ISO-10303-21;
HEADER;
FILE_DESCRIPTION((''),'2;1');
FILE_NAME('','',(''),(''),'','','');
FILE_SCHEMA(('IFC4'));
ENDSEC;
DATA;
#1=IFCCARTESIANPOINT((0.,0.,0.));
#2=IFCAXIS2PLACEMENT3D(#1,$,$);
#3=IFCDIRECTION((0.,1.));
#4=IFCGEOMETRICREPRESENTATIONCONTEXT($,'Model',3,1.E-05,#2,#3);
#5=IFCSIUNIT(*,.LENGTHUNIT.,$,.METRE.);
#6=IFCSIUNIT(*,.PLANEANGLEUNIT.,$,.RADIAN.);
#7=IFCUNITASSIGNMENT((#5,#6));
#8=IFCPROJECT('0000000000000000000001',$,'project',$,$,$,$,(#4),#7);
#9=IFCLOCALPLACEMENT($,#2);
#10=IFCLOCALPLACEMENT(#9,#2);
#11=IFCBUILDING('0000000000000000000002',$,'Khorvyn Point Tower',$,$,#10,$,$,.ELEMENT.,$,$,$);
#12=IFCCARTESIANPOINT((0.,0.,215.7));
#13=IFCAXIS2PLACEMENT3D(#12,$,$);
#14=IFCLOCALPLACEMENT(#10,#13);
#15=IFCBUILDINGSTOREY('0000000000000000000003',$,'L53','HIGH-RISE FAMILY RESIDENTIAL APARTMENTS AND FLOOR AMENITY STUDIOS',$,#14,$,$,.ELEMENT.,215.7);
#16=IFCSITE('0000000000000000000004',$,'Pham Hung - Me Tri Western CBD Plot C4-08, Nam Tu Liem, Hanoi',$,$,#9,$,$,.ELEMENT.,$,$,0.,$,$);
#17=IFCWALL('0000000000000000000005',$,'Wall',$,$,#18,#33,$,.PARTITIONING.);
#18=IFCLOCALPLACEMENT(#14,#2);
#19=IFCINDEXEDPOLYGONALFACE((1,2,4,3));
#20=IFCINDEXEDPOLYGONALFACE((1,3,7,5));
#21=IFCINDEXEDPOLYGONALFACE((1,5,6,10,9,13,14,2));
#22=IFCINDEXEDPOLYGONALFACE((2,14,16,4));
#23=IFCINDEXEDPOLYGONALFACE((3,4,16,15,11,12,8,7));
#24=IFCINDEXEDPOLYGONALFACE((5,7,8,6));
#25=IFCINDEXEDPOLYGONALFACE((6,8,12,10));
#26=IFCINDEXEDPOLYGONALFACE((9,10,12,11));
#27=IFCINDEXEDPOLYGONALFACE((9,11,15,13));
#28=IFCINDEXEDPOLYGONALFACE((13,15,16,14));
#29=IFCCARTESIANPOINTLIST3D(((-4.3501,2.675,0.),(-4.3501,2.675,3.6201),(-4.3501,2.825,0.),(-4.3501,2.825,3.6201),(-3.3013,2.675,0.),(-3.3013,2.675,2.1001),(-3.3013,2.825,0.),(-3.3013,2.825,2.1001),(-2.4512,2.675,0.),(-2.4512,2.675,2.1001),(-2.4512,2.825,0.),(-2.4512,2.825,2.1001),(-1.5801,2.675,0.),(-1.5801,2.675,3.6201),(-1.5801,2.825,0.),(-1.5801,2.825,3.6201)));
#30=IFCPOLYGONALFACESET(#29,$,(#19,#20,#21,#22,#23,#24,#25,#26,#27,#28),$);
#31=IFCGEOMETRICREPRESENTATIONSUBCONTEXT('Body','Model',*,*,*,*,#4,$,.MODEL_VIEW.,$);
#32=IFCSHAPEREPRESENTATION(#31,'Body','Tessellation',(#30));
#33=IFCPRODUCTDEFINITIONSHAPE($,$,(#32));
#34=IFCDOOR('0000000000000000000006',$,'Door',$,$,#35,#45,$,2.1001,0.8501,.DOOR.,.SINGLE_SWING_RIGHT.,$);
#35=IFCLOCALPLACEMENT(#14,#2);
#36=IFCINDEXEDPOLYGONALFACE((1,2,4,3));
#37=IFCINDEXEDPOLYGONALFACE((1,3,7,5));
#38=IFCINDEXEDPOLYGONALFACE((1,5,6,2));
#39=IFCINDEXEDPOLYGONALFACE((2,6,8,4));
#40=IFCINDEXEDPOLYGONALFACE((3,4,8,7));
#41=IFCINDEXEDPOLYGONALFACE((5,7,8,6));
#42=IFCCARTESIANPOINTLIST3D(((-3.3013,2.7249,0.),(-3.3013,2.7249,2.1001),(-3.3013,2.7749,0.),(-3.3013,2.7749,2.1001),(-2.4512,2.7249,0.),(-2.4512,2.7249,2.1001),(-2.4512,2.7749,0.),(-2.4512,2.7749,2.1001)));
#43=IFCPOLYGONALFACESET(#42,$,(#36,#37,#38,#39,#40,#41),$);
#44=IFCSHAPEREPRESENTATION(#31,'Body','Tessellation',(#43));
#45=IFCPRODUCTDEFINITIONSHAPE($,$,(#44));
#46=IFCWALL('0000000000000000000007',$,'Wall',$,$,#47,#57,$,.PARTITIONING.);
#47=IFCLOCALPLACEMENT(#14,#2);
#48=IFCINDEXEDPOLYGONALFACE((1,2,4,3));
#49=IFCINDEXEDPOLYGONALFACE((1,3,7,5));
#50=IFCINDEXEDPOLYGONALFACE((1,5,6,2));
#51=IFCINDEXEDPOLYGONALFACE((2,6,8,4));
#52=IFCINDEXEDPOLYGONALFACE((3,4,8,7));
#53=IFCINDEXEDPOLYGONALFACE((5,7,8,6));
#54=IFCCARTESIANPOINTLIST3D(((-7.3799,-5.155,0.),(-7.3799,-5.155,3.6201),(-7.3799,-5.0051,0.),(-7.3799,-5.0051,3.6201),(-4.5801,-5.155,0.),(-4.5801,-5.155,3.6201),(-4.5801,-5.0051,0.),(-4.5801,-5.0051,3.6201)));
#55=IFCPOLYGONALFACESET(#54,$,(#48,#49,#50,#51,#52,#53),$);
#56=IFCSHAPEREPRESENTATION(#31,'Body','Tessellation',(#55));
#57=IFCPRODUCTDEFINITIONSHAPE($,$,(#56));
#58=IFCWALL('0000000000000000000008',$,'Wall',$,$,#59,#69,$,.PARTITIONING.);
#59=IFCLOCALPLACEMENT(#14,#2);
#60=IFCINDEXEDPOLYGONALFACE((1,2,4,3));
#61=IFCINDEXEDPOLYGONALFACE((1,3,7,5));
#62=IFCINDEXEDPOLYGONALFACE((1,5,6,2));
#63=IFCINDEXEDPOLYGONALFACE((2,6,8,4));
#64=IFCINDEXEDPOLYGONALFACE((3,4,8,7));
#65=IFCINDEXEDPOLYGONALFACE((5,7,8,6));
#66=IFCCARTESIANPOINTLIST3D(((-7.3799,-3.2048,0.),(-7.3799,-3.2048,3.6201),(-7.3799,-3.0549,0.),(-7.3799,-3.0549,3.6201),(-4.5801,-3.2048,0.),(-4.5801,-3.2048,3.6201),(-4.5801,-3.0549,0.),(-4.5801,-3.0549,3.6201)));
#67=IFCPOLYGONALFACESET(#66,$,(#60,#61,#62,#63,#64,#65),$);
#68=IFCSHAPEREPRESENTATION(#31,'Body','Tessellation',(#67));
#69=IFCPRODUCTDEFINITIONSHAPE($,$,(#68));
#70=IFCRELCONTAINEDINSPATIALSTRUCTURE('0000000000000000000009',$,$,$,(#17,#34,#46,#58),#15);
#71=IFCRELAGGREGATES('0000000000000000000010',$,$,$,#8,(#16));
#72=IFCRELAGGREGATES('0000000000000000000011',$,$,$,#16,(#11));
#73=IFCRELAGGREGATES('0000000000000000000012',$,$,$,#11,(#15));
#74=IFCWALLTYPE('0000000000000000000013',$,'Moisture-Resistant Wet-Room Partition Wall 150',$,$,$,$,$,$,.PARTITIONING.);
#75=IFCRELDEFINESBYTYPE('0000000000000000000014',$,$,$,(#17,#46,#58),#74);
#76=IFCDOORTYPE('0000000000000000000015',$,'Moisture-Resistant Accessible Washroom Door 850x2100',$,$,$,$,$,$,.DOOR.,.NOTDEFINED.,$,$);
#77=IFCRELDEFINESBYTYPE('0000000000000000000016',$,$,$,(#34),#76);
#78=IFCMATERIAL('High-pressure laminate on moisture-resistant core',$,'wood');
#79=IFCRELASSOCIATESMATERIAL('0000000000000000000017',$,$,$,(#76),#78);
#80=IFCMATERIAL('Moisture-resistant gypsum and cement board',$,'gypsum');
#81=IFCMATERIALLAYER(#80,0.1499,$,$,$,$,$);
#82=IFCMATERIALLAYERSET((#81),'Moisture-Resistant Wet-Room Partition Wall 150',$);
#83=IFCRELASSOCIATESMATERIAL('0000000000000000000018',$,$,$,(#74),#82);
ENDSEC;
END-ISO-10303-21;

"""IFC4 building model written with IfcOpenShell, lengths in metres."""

from ifc_helpers import new_model, si_unit, direction, frame, frame_2d, origin, place, context, subcontext, project, spatial, rectangle, extrude, material, layer, layer_set, type_object, element, fill, save


model = new_model("IFC4")

# Units and contexts
model_context = context("Model", 3, precision=1e-05, world=origin(), true_north=direction((0.0, 1.0)))
body_context = subcontext(model_context, "Body", "Model", "MODEL_VIEW")
ifc_project = project(units=[si_unit("LENGTHUNIT", "METRE"), si_unit("PLANEANGLEUNIT", "RADIAN")], contexts=[model_context])

# Site, building, storey
site_placement = place(None, origin())
site = spatial("IfcSite", under=ifc_project, at=site_placement, Name="Pham Hung - Me Tri Western CBD Plot C4-08, Nam Tu Liem, Hanoi", CompositionType="ELEMENT", RefElevation=0.0)
building_placement = place(site_placement, origin())
building = spatial("IfcBuilding", under=site, at=building_placement, Name="Khorvyn Point Tower", CompositionType="ELEMENT")
storey_placement = place(building_placement, frame((0.0, 0.0, 215.7)))
storey = spatial("IfcBuildingStorey", under=building, at=storey_placement, Name="L53", Description="HIGH-RISE FAMILY RESIDENTIAL APARTMENTS AND FLOOR AMENITY STUDIOS", CompositionType="ELEMENT", Elevation=215.7)

# Shared definitions
ifc_material_1 = material(Name="High-pressure laminate on moisture-resistant core", Category="wood")
door_type_1 = type_object("IfcDoorType", Name="Moisture-Resistant Accessible Washroom Door 850x2100", OperationType="NOTDEFINED", PredefinedType="DOOR", material=ifc_material_1)

# Wall, opening, door
ifc_material_2 = material(Name="Moisture-resistant gypsum and cement board", Category="gypsum")
ifc_layer_1 = layer(ifc_material_2, 0.1499)
ifc_layer_set_1 = layer_set([ifc_layer_1], Name="Moisture-Resistant Wet-Room Partition Wall 150")
wall_type_1 = type_object("IfcWallType", Name="Moisture-Resistant Wet-Room Partition Wall 150", PredefinedType="PARTITIONING", material=ifc_layer_set_1)
wall_1_placement = place(storey_placement, frame((-4.3501, 2.75, 0.0), z_axis=(0.0, 0.0, 1.0), x_axis=(1.0, 0.0, 0.0)))
wall_1 = element("IfcWall", 1, at=wall_1_placement, inside=storey, type_object=wall_type_1, Name="Wall", PredefinedType="PARTITIONING", context=body_context, shape_type="SweptSolid", body=[
    extrude(rectangle(XDim=2.77, YDim=0.1499, at=frame_2d((1.385, 0.0))), origin(), (0.0, 0.0, 1.0), 3.6201),
])
opening_1_placement = place(wall_1_placement, frame((1.0488, 0.0, 0.0)))
opening_1 = element("IfcOpeningElement", 2, at=opening_1_placement, cuts=wall_1, PredefinedType="OPENING", context=body_context, shape_type="SweptSolid", body=[
    extrude(rectangle(XDim=0.8501, YDim=2.1001, at=frame_2d((0.425, 1.05))), frame((0.0, 0.085, 0.0), z_axis=(0.0, -1.0, 0.0), x_axis=(1.0, 0.0, 0.0)), (0.0, 0.0, 1.0), 0.1699),
])
door_1_placement = place(opening_1_placement, origin())
door_1 = element("IfcDoor", 3, at=door_1_placement, inside=storey, type_object=door_type_1, Name="Door", OperationType="SINGLE_SWING_RIGHT", OverallHeight=2.1001, OverallWidth=0.8501, PredefinedType="DOOR", context=body_context, shape_type="SweptSolid", body=[
    extrude(rectangle(XDim=0.8501, YDim=2.1001, at=frame_2d((0.425, 1.05))), frame((0.0, 0.0249, 0.0), z_axis=(0.0, -1.0, 0.0), x_axis=(1.0, 0.0, 0.0)), (0.0, 0.0, 1.0), 0.05),
])
fill(opening_1, door_1)

# Walls
for number, where, z_axis, x_axis, name in (
    (4, (-7.3799, -5.0801, 0.0), (0.0, 0.0, 1.0), (1.0, 0.0, 0.0), "Wall"),
    (5, (-7.3799, -3.1299, 0.0), (0.0, 0.0, 1.0), (1.0, 0.0, 0.0), "Wall"),
):
    element("IfcWall", number, at=place(storey_placement, frame(where, z_axis=z_axis, x_axis=x_axis)), inside=storey, type_object=wall_type_1, Name=name, PredefinedType="PARTITIONING", context=body_context, shape_type="SweptSolid", body=[
        extrude(rectangle(XDim=2.7998, YDim=0.1499, at=frame_2d((1.3999, 0.0))), origin(), (0.0, 0.0, 1.0), 3.6201),
    ])

save(model, "model.ifc")
